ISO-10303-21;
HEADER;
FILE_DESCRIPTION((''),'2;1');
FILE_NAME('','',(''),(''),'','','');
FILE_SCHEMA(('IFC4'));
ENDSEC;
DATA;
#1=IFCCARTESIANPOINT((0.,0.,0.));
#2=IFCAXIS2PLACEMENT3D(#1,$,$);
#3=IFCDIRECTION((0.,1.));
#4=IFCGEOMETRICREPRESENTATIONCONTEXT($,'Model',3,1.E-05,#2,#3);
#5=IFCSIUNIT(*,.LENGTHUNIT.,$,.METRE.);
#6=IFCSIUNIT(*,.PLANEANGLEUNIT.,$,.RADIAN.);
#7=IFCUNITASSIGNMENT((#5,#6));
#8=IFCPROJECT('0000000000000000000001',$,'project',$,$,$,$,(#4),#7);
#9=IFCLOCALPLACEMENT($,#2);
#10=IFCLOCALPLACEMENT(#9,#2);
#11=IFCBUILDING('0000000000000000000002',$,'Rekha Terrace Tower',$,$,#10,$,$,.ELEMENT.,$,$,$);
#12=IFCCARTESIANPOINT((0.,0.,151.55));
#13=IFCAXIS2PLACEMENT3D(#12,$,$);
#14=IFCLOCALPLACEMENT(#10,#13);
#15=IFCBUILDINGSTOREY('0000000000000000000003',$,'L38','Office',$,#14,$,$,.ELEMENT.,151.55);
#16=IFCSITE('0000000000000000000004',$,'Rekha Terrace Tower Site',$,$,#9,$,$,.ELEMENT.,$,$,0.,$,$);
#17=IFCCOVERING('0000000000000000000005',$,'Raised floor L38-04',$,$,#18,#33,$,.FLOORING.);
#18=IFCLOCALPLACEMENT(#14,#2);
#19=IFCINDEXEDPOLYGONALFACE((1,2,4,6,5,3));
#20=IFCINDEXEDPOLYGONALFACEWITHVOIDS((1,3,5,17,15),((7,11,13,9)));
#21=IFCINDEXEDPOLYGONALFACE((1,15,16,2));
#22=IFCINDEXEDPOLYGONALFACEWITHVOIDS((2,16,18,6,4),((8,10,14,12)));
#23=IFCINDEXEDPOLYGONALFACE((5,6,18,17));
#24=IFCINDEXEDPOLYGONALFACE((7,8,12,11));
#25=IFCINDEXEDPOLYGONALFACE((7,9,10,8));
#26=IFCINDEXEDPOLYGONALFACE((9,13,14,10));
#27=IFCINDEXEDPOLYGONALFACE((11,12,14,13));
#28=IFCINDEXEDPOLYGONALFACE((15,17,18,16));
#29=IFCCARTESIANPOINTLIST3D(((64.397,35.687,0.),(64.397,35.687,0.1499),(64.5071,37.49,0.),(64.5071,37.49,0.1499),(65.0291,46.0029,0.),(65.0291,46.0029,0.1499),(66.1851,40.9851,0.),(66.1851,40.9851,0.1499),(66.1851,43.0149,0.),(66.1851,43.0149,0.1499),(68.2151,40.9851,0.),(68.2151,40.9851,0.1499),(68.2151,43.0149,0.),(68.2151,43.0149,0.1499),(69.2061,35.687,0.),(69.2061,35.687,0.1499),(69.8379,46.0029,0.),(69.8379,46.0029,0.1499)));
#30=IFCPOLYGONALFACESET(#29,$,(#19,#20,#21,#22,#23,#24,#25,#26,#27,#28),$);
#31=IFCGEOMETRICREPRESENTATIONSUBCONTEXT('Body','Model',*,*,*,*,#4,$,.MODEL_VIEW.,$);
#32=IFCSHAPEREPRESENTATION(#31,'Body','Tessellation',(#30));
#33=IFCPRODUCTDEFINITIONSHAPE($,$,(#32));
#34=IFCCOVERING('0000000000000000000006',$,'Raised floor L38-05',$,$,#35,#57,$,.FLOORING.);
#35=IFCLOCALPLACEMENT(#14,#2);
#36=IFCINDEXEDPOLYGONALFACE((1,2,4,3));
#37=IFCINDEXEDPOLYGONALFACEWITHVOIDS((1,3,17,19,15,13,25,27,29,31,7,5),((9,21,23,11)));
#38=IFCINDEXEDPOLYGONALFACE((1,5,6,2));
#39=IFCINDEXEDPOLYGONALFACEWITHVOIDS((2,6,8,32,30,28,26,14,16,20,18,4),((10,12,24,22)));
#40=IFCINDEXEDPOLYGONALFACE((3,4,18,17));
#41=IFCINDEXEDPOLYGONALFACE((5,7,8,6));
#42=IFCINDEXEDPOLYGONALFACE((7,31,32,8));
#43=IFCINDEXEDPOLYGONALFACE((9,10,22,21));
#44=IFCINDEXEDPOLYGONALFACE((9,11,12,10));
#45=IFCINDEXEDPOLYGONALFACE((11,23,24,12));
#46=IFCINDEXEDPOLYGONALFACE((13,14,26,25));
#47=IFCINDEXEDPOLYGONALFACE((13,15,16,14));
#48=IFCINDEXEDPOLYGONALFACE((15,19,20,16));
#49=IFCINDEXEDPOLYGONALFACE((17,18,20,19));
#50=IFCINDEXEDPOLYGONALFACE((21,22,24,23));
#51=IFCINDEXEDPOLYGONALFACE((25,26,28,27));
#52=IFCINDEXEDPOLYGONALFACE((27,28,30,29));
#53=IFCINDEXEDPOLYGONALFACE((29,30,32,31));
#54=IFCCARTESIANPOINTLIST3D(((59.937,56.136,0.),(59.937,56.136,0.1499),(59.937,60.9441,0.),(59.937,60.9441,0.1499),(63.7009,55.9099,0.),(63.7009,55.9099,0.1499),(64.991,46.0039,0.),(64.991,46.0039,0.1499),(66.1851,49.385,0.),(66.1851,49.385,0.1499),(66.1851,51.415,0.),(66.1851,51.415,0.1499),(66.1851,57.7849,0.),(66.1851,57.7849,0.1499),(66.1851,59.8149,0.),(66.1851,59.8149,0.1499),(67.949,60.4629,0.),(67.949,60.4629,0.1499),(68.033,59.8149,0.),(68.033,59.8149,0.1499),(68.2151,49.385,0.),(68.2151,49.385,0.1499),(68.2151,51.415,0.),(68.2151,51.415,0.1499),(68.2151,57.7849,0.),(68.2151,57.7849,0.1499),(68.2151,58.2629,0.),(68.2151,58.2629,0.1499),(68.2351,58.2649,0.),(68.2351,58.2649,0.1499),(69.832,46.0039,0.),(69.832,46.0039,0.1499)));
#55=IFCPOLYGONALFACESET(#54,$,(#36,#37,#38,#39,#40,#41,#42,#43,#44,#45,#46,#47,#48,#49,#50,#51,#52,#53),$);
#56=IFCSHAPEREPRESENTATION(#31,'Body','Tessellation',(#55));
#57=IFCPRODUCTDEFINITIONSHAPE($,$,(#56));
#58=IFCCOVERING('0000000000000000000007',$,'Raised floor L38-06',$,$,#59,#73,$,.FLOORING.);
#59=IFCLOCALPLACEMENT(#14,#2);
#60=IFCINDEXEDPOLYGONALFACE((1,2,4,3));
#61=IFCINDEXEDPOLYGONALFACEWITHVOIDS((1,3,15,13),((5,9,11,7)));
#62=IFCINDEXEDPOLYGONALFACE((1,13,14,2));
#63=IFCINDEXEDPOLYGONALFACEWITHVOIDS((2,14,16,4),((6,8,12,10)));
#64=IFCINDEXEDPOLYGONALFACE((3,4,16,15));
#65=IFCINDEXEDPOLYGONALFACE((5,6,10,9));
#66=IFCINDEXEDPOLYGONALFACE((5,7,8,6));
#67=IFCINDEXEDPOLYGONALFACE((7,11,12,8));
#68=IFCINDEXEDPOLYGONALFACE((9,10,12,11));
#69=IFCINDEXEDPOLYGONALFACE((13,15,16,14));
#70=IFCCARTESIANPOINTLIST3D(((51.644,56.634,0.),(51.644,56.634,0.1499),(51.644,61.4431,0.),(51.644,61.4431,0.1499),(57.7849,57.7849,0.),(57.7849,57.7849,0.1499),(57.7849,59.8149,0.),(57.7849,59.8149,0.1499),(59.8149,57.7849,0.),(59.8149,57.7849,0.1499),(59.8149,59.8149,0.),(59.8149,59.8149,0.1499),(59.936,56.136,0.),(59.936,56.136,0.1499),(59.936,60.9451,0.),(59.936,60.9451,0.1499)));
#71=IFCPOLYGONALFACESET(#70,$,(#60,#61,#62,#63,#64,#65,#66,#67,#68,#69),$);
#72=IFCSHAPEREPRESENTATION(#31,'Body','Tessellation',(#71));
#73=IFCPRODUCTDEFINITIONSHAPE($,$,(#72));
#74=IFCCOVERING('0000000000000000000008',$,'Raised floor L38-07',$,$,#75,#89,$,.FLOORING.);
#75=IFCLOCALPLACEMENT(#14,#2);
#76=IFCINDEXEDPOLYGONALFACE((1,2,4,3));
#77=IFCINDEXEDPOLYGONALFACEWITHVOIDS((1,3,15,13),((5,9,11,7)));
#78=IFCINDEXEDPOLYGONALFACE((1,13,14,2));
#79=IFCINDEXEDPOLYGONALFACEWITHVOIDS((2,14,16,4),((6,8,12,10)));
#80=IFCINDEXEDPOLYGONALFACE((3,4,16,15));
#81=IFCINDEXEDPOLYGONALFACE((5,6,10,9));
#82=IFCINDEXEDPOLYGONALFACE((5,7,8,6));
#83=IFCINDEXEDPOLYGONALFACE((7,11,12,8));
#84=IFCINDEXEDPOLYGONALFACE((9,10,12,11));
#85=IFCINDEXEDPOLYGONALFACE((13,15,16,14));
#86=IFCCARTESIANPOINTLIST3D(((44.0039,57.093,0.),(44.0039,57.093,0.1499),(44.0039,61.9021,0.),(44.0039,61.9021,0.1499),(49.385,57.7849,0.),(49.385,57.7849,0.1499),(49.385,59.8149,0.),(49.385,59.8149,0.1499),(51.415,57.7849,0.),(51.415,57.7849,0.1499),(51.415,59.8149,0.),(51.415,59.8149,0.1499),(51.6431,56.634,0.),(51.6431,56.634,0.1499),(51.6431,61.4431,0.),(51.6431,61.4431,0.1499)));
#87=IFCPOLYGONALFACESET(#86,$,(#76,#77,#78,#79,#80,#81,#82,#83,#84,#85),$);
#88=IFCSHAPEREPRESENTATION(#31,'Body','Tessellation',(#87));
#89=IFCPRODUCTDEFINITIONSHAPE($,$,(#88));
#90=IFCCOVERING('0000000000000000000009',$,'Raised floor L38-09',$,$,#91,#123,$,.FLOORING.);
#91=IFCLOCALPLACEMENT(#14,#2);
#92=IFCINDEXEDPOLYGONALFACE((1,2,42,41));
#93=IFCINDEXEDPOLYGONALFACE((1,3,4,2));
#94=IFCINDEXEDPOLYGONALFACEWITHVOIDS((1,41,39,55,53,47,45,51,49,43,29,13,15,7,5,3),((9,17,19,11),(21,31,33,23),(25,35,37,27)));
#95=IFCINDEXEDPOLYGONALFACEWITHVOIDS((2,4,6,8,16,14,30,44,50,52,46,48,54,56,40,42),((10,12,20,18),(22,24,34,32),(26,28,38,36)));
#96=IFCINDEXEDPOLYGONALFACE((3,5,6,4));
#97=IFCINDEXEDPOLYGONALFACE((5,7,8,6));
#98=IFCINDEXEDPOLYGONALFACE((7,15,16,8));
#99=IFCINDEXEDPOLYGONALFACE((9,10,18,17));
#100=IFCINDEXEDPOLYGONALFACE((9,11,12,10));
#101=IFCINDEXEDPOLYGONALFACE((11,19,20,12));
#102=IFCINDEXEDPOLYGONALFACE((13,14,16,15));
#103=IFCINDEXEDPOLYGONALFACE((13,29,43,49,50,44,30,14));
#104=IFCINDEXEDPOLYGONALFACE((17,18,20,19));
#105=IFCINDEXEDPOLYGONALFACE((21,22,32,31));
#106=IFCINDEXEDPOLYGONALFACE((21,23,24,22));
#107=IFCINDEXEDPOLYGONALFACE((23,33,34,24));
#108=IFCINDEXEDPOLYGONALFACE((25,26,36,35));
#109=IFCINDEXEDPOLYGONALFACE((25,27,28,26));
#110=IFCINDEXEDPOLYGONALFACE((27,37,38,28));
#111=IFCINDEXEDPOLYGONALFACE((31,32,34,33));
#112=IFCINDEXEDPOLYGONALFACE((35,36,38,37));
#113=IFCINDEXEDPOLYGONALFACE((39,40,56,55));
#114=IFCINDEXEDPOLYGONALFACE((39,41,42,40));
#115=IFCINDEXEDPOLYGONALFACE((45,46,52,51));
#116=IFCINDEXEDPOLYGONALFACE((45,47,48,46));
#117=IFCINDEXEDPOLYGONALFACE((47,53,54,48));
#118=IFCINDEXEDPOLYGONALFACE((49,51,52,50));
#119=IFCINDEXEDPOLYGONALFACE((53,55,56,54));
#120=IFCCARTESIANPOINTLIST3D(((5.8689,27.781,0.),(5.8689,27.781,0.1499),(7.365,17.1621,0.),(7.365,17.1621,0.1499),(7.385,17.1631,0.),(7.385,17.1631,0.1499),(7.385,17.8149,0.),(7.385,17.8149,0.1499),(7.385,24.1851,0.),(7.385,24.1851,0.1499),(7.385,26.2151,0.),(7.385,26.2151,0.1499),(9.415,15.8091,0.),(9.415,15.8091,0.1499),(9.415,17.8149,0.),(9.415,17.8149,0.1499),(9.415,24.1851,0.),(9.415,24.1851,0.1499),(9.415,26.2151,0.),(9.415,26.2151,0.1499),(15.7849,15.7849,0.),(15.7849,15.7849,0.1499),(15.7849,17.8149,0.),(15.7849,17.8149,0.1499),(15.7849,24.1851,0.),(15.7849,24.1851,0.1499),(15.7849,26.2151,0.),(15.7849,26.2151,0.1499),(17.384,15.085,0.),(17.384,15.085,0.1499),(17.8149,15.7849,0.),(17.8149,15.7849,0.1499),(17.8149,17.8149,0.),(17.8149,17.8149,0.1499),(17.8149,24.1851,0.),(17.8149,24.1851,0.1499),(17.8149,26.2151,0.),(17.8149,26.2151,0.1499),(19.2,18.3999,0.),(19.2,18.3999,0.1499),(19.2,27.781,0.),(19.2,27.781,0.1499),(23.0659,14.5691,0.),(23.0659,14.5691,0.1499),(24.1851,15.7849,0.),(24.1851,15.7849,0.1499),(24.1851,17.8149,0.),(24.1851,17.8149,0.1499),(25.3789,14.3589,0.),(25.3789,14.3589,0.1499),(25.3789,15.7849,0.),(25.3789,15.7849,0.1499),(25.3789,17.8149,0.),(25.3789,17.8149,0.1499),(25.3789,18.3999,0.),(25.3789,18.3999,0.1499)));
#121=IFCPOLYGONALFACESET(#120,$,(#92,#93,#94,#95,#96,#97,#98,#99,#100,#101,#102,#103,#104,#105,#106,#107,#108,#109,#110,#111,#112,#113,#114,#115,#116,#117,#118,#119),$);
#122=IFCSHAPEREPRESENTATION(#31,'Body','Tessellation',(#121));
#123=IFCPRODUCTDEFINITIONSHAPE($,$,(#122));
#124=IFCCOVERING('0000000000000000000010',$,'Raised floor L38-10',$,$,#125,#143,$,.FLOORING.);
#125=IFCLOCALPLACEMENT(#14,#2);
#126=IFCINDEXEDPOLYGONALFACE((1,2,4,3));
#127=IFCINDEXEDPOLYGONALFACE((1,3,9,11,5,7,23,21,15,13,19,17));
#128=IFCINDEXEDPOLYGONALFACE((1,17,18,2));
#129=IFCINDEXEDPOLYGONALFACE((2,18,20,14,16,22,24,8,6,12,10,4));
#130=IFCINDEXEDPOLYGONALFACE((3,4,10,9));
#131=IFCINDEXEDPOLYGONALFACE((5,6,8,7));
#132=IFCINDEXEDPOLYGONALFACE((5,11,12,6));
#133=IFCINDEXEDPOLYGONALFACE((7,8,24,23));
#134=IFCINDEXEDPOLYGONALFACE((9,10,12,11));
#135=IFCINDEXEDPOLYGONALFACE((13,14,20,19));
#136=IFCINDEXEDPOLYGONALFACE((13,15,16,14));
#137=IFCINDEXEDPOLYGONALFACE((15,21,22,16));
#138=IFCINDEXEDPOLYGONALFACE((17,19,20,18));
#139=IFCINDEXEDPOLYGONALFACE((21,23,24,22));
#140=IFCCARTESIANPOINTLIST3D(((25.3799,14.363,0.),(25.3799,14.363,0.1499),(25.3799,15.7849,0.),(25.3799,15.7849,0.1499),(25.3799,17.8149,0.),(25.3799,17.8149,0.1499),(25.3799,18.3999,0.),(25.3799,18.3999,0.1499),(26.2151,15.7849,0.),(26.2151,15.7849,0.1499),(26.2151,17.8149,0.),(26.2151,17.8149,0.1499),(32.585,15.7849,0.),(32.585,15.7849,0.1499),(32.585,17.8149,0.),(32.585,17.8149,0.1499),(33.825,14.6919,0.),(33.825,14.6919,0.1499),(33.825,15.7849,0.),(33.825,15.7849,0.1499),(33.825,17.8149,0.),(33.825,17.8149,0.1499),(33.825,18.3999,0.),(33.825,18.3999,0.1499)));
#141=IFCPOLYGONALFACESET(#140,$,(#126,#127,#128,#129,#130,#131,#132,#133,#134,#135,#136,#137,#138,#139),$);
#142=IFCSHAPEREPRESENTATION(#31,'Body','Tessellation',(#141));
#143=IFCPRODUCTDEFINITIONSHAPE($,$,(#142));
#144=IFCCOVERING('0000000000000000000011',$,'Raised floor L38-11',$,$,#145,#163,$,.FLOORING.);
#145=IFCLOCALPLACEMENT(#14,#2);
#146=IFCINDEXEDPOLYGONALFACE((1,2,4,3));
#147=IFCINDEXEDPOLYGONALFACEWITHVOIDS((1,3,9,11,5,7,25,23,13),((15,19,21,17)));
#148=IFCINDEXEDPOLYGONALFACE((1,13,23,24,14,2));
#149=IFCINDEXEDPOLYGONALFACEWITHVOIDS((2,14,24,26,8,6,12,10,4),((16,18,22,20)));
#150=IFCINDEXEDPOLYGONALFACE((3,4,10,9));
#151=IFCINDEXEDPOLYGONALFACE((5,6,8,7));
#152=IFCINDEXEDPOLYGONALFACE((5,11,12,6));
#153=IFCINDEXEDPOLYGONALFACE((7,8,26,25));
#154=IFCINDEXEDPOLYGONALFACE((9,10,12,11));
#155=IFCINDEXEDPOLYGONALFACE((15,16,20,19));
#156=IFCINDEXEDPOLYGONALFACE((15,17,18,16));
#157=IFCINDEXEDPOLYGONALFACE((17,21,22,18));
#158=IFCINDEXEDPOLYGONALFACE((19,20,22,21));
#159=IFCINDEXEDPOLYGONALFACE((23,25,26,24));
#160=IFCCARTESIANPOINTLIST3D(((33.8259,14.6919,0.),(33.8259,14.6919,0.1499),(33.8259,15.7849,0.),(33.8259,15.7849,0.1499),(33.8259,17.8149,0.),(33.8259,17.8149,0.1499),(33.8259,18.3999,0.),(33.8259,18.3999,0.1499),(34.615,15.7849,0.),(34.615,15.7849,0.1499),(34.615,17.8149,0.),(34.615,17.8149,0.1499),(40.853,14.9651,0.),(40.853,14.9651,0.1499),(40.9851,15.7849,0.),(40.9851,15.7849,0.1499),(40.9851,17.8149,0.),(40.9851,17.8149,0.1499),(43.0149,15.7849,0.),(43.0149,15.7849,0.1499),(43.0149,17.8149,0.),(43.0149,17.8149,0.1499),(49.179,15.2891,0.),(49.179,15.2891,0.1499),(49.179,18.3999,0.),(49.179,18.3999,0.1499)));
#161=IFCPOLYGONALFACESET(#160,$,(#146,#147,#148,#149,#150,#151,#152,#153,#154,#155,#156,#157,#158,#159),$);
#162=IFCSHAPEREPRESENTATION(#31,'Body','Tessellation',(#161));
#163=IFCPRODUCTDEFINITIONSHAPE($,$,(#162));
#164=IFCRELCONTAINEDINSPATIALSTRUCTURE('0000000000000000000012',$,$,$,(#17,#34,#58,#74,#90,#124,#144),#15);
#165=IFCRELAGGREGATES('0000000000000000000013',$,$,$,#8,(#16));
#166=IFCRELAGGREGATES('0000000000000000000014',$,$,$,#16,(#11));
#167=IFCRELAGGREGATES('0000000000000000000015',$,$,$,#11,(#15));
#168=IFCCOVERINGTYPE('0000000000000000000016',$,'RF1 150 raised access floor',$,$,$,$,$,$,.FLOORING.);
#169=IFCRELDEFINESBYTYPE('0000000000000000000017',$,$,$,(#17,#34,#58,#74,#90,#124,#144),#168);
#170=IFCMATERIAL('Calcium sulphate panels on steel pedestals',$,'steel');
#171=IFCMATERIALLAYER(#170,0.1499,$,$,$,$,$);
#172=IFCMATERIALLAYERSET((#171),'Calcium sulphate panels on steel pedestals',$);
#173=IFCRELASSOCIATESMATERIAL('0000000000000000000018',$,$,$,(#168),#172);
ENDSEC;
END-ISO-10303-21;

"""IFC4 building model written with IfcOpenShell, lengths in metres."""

from ifc_helpers import new_model, si_unit, direction, frame, origin, place, context, subcontext, project, spatial, polyline, outline, extrude, material, layer, layer_set, type_object, element, save


model = new_model("IFC4")

# Units and contexts
model_context = context("Model", 3, precision=1e-05, world=origin(), true_north=direction((0.0, 1.0)))
body_context = subcontext(model_context, "Body", "Model", "MODEL_VIEW")
ifc_project = project(units=[si_unit("LENGTHUNIT", "METRE"), si_unit("PLANEANGLEUNIT", "RADIAN")], contexts=[model_context])

# Site, building, storey
site_placement = place(None, origin())
site = spatial("IfcSite", under=ifc_project, at=site_placement, Name="Rekha Terrace Tower Site", CompositionType="ELEMENT", RefElevation=0.0)
building_placement = place(site_placement, origin())
building = spatial("IfcBuilding", under=site, at=building_placement, Name="Rekha Terrace Tower", CompositionType="ELEMENT")
storey_placement = place(building_placement, frame((0.0, 0.0, 151.55)))
storey = spatial("IfcBuildingStorey", under=building, at=storey_placement, Name="L38", Description="Office", CompositionType="ELEMENT", Elevation=151.55)

# Coverings
ifc_material_1 = material(Name="Calcium sulphate panels on steel pedestals", Category="steel")
ifc_layer_1 = layer(ifc_material_1, 0.1499)
ifc_layer_set_1 = layer_set([ifc_layer_1], Name="Calcium sulphate panels on steel pedestals")
covering_type_1 = type_object("IfcCoveringType", Name="RF1 150 raised access floor", PredefinedType="FLOORING", material=ifc_layer_set_1)
covering_1_placement = place(storey_placement, origin())
element("IfcCovering", 1, at=covering_1_placement, inside=storey, type_object=covering_type_1, Name="Raised floor L38-04", PredefinedType="FLOORING", context=body_context, shape_type="SweptSolid", body=[
    extrude(outline(polyline([(69.8379, 46.0029), (65.0291, 46.0029), (64.5071, 37.49), (64.397, 35.687), (69.2061, 35.687), (69.8379, 46.0029)]), holes=[polyline([(68.2151, 40.9851), (66.1851, 40.9851), (66.1851, 43.0149), (68.2151, 43.0149), (68.2151, 40.9851)])]), origin(), (0.0, 0.0, 1.0), 0.1499),
])
covering_2_placement = place(storey_placement, origin())
element("IfcCovering", 2, at=covering_2_placement, inside=storey, type_object=covering_type_1, Name="Raised floor L38-05", PredefinedType="FLOORING", context=body_context, shape_type="SweptSolid", body=[
    extrude(outline(polyline([(67.949, 60.4629), (59.937, 60.9441), (59.937, 56.136), (63.7009, 55.9099), (64.991, 46.0039), (69.832, 46.0039), (68.2351, 58.2649), (68.2151, 58.2629), (68.2151, 57.7849), (66.1851, 57.7849), (66.1851, 59.8149), (68.033, 59.8149), (67.949, 60.4629)]), holes=[polyline([(68.2151, 49.385), (66.1851, 49.385), (66.1851, 51.415), (68.2151, 51.415), (68.2151, 49.385)])]), origin(), (0.0, 0.0, 1.0), 0.1499),
])
covering_3_placement = place(storey_placement, origin())
element("IfcCovering", 3, at=covering_3_placement, inside=storey, type_object=covering_type_1, Name="Raised floor L38-06", PredefinedType="FLOORING", context=body_context, shape_type="SweptSolid", body=[
    extrude(outline(polyline([(59.936, 56.136), (59.936, 60.9451), (51.644, 61.4431), (51.644, 56.634), (59.936, 56.136)]), holes=[polyline([(59.8149, 57.7849), (57.7849, 57.7849), (57.7849, 59.8149), (59.8149, 59.8149), (59.8149, 57.7849)])]), origin(), (0.0, 0.0, 1.0), 0.1499),
])
covering_4_placement = place(storey_placement, origin())
element("IfcCovering", 4, at=covering_4_placement, inside=storey, type_object=covering_type_1, Name="Raised floor L38-07", PredefinedType="FLOORING", context=body_context, shape_type="SweptSolid", body=[
    extrude(outline(polyline([(51.6431, 56.634), (51.6431, 61.4431), (44.0039, 61.9021), (44.0039, 57.093), (51.6431, 56.634)]), holes=[polyline([(51.415, 57.7849), (49.385, 57.7849), (49.385, 59.8149), (51.415, 59.8149), (51.415, 57.7849)])]), origin(), (0.0, 0.0, 1.0), 0.1499),
])
covering_5_placement = place(storey_placement, origin())
element("IfcCovering", 5, at=covering_5_placement, inside=storey, type_object=covering_type_1, Name="Raised floor L38-09", PredefinedType="FLOORING", context=body_context, shape_type="SweptSolid", body=[
    extrude(outline(polyline([(25.3789, 18.3999), (19.2, 18.3999), (19.2, 27.781), (5.8689, 27.781), (7.365, 17.1621), (7.385, 17.1631), (7.385, 17.8149), (9.415, 17.8149), (9.415, 15.8091), (17.384, 15.085), (23.0659, 14.5691), (25.3789, 14.3589), (25.3789, 15.7849), (24.1851, 15.7849), (24.1851, 17.8149), (25.3789, 17.8149), (25.3789, 18.3999)]), holes=[polyline([(17.8149, 15.7849), (15.7849, 15.7849), (15.7849, 17.8149), (17.8149, 17.8149), (17.8149, 15.7849)]), polyline([(17.8149, 26.2151), (17.8149, 24.1851), (15.7849, 24.1851), (15.7849, 26.2151), (17.8149, 26.2151)]), polyline([(9.415, 24.1851), (7.385, 24.1851), (7.385, 26.2151), (9.415, 26.2151), (9.415, 24.1851)])]), origin(), (0.0, 0.0, 1.0), 0.1499),
])
covering_6_placement = place(storey_placement, origin())
element("IfcCovering", 6, at=covering_6_placement, inside=storey, type_object=covering_type_1, Name="Raised floor L38-10", PredefinedType="FLOORING", context=body_context, shape_type="SweptSolid", body=[
    extrude(outline(polyline([(25.3799, 15.7849), (25.3799, 14.363), (33.825, 14.6919), (33.825, 15.7849), (32.585, 15.7849), (32.585, 17.8149), (33.825, 17.8149), (33.825, 18.3999), (25.3799, 18.3999), (25.3799, 17.8149), (26.2151, 17.8149), (26.2151, 15.7849), (25.3799, 15.7849)])), origin(), (0.0, 0.0, 1.0), 0.1499),
])
covering_7_placement = place(storey_placement, origin())
element("IfcCovering", 7, at=covering_7_placement, inside=storey, type_object=covering_type_1, Name="Raised floor L38-11", PredefinedType="FLOORING", context=body_context, shape_type="SweptSolid", body=[
    extrude(outline(polyline([(34.615, 15.7849), (33.8259, 15.7849), (33.8259, 14.6919), (40.853, 14.9651), (49.179, 15.2891), (49.179, 18.3999), (33.8259, 18.3999), (33.8259, 17.8149), (34.615, 17.8149), (34.615, 15.7849)]), holes=[polyline([(43.0149, 17.8149), (43.0149, 15.7849), (40.9851, 15.7849), (40.9851, 17.8149), (43.0149, 17.8149)])]), origin(), (0.0, 0.0, 1.0), 0.1499),
])

save(model, "model.ifc")
